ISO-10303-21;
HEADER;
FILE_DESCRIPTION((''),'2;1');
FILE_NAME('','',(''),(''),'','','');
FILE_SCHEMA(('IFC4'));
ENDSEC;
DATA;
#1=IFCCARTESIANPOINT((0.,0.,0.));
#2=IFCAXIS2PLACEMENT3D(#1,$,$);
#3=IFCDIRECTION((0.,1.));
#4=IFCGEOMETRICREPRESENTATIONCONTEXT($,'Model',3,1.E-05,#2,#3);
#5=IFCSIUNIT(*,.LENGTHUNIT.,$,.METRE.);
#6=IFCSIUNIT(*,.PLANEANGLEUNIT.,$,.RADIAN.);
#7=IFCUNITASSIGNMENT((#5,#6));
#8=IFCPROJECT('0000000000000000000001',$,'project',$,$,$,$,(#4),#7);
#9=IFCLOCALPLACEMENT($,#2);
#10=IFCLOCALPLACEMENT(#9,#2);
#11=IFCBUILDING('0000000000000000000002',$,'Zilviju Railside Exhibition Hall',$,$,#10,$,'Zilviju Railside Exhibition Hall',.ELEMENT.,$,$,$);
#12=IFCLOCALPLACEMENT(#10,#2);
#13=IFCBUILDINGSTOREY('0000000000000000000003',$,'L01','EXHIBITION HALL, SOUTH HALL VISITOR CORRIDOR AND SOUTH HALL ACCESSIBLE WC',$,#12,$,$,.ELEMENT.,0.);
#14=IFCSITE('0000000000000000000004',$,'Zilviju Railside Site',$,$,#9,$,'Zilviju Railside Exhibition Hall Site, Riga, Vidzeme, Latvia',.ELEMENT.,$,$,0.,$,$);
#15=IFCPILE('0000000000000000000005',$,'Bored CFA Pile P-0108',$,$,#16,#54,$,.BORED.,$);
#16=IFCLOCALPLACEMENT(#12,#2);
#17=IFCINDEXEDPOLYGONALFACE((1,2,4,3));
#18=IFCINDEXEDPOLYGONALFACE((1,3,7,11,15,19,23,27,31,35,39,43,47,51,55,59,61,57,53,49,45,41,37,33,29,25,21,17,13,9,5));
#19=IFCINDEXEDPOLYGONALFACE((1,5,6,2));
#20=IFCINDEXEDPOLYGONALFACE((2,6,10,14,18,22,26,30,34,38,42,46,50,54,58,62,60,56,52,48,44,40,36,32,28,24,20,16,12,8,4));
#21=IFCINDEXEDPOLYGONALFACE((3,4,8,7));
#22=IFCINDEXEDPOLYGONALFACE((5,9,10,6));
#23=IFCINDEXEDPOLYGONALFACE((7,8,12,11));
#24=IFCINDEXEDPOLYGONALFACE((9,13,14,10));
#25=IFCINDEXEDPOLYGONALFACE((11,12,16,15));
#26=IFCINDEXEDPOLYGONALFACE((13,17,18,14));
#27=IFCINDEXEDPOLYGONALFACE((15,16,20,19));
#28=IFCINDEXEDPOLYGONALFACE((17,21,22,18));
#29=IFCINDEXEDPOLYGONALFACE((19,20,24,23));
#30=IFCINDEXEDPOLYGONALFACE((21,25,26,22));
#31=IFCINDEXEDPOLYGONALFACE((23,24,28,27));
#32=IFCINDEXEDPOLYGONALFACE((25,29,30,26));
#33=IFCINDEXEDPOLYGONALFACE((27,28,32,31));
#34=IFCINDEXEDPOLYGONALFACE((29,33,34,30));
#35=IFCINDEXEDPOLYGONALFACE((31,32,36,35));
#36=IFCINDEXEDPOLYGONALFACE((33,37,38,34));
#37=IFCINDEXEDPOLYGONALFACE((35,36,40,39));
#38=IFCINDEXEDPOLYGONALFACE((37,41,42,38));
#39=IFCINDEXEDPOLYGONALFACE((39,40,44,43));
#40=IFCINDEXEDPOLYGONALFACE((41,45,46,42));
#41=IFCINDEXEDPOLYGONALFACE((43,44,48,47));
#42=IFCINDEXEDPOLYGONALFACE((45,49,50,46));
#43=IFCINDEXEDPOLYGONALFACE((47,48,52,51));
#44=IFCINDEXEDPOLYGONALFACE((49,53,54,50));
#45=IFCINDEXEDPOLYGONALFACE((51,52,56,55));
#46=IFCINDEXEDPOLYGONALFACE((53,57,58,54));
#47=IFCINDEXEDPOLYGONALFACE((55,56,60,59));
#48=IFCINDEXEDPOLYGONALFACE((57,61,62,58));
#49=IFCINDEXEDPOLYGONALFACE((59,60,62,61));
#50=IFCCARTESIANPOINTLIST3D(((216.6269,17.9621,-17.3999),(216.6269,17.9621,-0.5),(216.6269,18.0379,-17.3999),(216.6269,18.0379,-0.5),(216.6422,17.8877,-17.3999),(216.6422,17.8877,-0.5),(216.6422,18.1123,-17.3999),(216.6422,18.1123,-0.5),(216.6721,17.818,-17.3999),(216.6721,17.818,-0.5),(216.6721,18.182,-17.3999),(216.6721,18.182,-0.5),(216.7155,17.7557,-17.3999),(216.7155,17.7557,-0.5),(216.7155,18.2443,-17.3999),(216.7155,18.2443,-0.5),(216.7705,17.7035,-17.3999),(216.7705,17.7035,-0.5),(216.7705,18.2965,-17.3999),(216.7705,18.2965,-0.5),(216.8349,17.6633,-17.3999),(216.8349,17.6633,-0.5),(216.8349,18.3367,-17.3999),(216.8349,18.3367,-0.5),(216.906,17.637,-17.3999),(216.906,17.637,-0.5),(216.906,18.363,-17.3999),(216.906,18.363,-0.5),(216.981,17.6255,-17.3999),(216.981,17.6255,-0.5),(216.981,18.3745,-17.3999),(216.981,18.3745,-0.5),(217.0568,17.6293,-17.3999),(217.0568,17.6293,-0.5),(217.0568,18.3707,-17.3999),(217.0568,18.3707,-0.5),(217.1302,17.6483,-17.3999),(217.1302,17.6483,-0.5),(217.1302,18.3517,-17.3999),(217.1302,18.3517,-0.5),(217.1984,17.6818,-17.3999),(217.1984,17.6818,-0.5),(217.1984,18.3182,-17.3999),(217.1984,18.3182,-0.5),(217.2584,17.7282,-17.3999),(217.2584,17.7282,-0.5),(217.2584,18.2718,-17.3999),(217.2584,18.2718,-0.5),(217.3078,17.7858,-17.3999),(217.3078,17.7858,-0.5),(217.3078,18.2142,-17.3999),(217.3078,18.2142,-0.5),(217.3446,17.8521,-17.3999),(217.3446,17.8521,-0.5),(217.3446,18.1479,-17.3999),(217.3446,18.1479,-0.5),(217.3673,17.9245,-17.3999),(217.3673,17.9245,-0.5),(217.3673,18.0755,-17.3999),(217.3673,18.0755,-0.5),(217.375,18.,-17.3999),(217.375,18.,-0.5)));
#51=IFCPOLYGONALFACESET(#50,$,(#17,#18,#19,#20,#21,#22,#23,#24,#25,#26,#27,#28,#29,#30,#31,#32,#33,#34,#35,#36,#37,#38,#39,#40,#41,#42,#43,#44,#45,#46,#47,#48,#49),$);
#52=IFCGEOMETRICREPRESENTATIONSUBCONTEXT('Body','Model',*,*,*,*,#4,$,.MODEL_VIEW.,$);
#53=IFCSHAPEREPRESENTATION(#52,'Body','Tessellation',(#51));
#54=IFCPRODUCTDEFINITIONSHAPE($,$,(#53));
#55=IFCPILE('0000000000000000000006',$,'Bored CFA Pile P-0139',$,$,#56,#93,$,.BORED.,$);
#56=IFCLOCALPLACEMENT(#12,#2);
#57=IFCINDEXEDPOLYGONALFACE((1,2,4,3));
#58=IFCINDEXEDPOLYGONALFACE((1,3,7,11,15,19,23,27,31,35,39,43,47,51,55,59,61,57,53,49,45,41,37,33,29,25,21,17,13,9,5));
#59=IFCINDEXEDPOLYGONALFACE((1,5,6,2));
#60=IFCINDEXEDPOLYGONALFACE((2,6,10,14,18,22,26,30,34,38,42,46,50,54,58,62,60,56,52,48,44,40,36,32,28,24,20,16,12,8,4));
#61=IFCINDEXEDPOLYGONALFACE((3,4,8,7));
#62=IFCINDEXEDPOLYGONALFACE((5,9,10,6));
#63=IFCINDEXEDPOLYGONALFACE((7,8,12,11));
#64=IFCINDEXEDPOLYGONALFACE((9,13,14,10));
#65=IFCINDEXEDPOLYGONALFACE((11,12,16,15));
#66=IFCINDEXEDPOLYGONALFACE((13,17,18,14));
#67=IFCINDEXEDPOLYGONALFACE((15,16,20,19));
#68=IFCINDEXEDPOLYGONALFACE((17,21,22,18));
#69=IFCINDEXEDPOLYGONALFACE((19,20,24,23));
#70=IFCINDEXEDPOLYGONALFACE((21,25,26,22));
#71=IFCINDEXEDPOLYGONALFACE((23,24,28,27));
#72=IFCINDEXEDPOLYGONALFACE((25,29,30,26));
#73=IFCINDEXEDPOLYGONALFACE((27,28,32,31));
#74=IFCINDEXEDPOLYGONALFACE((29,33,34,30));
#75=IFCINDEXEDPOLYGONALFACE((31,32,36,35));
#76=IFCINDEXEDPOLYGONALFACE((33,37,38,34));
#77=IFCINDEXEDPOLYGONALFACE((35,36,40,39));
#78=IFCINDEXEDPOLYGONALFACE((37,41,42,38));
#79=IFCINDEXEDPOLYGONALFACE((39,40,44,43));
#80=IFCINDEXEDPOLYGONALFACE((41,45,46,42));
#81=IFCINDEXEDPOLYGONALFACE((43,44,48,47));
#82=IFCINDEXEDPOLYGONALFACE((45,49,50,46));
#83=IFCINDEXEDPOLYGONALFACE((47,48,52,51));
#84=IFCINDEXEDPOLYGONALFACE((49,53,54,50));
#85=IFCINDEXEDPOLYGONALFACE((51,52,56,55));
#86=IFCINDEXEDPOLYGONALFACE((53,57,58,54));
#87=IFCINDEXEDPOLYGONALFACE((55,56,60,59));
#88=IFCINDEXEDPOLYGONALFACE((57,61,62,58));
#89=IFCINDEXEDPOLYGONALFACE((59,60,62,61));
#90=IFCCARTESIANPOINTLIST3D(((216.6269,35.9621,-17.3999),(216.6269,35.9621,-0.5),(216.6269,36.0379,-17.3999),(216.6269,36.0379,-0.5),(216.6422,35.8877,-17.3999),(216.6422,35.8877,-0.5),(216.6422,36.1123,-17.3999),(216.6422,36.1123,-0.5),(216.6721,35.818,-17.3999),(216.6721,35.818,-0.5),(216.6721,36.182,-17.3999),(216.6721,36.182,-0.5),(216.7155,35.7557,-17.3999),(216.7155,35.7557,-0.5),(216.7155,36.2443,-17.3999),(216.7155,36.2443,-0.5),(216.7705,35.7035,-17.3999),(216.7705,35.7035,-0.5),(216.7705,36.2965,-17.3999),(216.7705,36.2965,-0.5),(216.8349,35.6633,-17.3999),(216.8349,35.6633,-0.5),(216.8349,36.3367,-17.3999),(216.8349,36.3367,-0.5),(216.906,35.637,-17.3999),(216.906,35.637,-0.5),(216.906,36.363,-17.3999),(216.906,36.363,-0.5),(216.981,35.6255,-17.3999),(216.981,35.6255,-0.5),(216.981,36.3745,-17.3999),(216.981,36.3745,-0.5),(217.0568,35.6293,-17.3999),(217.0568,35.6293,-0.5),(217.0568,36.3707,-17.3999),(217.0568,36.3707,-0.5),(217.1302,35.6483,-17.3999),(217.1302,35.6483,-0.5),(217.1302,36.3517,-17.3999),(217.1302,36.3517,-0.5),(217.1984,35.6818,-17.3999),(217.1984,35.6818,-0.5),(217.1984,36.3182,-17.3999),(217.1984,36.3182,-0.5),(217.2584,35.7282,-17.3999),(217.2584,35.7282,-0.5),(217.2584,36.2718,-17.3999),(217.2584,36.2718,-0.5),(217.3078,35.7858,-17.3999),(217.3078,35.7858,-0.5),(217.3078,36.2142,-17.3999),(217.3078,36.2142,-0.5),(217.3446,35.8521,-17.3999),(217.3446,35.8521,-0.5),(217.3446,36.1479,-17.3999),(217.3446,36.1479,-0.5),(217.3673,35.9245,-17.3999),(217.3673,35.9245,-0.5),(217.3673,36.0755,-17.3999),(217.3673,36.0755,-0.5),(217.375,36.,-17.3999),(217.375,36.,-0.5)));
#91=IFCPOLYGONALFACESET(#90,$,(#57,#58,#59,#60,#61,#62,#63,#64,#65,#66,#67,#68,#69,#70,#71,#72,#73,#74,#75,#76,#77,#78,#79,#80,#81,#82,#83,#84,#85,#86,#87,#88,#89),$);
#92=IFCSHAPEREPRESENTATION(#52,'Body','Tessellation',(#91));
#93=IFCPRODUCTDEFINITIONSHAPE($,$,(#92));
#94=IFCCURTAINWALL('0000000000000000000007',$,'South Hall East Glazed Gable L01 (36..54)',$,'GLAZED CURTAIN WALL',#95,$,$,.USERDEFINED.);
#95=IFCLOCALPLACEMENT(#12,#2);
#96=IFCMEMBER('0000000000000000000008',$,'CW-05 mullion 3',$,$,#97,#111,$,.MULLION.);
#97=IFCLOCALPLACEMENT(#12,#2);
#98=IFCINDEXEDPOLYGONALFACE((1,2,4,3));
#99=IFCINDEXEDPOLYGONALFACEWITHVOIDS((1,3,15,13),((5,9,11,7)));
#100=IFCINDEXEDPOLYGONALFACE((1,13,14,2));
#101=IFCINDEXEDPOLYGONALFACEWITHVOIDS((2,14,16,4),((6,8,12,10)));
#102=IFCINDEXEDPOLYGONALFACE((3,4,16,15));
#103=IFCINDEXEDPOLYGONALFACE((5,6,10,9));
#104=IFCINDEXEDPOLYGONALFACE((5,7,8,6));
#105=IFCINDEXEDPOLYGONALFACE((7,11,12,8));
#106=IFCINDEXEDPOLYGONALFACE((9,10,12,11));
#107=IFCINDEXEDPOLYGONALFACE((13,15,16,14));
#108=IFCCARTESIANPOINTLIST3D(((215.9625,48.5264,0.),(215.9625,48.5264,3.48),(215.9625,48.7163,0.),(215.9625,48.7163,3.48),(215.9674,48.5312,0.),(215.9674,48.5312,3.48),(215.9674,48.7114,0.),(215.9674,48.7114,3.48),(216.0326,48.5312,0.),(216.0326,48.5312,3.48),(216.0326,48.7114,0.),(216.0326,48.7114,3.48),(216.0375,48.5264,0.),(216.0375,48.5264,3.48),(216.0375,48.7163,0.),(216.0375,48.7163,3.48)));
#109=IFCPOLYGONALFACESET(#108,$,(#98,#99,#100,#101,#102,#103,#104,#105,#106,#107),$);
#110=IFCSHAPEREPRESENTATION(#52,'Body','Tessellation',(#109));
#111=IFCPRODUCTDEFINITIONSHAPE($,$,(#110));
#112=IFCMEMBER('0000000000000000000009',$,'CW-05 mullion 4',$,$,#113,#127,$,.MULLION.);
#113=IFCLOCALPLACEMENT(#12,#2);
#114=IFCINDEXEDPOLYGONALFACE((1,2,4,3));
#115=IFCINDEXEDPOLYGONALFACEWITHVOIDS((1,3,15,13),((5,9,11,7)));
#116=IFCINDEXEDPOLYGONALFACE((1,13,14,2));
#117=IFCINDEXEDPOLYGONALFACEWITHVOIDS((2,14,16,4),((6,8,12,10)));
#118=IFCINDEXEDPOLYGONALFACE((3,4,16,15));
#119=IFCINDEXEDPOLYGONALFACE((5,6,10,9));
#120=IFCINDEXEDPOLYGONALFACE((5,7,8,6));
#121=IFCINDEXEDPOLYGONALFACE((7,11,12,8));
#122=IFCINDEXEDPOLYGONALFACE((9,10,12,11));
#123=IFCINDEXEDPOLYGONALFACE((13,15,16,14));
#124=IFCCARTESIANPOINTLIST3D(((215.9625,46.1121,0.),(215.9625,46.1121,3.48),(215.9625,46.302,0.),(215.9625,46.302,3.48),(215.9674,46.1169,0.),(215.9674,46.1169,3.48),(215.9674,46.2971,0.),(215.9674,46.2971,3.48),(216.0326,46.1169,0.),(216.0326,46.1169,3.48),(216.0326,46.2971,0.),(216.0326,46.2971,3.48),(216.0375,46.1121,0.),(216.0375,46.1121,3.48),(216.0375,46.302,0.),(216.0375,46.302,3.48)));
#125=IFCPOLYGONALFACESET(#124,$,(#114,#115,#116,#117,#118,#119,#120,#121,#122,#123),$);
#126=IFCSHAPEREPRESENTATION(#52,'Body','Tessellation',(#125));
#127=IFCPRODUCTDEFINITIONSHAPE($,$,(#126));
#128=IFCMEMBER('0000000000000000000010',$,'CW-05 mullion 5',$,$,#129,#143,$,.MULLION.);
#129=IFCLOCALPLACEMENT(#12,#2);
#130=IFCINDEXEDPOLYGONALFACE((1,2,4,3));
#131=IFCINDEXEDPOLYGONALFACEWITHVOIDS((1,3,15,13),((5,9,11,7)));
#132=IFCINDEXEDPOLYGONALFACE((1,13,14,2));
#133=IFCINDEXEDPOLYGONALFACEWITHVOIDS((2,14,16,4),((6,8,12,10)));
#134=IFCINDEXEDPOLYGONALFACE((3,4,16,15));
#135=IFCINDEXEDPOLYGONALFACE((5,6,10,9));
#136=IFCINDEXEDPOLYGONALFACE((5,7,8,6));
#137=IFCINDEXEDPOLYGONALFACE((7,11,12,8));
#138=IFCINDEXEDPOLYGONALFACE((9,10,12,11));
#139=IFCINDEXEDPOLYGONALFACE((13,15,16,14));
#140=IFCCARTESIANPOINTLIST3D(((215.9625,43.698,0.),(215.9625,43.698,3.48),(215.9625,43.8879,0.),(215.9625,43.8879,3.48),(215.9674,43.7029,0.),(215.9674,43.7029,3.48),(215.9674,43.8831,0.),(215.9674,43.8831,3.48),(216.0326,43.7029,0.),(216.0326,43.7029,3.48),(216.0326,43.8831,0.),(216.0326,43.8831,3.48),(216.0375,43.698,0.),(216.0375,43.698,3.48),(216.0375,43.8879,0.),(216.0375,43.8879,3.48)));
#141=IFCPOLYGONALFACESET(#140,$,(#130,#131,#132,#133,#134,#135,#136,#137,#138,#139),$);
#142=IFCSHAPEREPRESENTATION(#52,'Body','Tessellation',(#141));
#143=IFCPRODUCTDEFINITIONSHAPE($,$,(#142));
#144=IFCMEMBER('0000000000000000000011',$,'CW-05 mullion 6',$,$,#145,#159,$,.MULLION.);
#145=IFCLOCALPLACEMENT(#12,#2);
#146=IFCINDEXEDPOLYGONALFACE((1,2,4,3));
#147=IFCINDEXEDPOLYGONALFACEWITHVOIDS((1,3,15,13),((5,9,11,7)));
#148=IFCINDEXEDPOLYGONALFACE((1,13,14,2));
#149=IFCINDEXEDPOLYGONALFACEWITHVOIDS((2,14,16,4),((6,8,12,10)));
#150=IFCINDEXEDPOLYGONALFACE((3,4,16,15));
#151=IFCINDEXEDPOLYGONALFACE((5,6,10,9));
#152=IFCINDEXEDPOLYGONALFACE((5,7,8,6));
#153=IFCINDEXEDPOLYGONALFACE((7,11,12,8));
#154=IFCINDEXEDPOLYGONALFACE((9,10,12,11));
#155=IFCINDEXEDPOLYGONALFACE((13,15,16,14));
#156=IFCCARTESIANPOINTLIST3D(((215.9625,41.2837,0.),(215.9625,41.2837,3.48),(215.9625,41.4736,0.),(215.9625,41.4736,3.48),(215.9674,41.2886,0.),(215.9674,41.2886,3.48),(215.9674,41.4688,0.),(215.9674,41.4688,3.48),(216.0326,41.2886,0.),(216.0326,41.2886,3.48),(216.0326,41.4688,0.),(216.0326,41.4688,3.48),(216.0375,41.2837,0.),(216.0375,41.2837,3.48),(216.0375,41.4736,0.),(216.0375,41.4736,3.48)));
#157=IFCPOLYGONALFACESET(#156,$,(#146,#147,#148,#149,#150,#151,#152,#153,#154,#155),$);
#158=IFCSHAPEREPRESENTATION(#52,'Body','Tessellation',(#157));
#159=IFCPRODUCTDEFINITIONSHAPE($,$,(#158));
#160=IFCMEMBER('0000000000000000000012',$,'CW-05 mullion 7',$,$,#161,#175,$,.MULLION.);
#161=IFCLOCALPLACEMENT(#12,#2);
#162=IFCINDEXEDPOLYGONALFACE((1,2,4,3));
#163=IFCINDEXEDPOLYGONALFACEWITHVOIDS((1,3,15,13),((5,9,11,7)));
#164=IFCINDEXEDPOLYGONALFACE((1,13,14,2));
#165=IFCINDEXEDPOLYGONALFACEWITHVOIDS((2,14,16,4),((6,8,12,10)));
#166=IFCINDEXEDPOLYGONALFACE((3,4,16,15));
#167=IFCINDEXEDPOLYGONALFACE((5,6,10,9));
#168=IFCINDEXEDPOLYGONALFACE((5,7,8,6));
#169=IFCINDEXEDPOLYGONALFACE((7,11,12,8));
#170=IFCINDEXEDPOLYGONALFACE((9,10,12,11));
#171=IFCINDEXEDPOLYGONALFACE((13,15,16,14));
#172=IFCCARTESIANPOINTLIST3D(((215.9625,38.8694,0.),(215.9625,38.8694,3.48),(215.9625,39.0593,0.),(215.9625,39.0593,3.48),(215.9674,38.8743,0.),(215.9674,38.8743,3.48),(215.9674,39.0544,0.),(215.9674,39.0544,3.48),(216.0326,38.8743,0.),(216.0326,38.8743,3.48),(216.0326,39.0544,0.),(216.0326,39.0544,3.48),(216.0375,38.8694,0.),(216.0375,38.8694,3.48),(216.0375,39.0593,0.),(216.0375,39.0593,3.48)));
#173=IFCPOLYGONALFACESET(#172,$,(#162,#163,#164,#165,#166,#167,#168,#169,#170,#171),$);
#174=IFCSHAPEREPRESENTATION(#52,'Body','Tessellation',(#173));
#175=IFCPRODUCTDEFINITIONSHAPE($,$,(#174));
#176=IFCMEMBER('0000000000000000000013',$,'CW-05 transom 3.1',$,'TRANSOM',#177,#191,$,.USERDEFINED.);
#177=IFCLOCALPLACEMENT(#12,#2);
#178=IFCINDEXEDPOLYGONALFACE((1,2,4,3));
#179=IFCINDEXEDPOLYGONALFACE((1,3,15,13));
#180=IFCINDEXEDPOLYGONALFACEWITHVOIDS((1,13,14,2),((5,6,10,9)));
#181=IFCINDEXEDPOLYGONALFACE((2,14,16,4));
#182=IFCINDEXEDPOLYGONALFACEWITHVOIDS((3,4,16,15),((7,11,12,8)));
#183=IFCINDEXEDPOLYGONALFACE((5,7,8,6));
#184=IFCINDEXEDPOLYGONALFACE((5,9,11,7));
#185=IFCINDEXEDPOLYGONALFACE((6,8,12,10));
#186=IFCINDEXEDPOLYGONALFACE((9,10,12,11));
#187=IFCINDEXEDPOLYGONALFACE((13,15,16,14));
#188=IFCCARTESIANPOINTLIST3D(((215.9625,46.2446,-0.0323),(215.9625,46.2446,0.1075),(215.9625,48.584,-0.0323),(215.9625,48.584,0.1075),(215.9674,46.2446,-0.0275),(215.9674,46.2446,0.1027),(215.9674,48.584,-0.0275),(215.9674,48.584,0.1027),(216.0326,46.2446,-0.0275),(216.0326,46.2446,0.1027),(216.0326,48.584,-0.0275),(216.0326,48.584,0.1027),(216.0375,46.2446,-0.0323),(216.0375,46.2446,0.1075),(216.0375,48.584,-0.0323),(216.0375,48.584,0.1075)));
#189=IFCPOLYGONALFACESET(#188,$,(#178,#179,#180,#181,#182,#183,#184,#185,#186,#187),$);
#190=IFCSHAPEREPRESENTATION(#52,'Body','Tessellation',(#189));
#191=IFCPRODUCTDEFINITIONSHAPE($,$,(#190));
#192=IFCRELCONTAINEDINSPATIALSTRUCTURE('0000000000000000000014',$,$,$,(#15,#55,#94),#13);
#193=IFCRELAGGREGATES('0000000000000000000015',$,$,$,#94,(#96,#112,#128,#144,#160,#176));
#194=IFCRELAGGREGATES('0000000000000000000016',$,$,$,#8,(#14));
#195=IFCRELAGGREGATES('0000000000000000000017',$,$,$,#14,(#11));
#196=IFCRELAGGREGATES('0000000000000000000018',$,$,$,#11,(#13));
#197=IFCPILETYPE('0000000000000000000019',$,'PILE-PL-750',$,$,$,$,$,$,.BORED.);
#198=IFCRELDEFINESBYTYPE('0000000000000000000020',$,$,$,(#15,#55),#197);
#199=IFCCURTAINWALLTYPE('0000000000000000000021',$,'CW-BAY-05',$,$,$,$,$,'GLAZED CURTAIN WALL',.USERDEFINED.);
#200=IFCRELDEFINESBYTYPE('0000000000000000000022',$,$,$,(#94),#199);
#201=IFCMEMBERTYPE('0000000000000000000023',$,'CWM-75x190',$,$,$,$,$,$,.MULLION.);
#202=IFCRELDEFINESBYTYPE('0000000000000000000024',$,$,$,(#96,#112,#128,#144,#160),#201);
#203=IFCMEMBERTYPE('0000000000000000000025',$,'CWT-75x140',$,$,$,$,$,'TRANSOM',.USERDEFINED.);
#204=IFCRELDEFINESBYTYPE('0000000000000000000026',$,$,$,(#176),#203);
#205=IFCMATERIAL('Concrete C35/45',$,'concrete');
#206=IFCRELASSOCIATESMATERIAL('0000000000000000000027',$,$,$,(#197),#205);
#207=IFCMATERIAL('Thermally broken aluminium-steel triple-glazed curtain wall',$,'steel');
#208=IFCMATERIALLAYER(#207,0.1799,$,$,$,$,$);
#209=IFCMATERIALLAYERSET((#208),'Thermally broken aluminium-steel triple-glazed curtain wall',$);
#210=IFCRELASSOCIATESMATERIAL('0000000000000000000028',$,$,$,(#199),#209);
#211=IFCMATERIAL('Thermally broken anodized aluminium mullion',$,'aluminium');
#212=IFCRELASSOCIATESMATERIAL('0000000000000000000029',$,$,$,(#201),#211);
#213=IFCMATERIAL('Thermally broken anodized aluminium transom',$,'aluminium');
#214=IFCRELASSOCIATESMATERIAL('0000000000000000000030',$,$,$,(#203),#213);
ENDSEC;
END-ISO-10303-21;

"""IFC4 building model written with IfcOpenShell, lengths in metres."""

from ifc_helpers import new_model, si_unit, direction, frame, origin, origin_2d, place, context, subcontext, project, spatial, hollow_rectangle, circle, extrude, material, layer, layer_set, material_profile, profile_set, type_object, element, aggregate, save


model = new_model("IFC4")

# Units and contexts
model_context = context("Model", 3, precision=1e-05, world=origin(), true_north=direction((0.0, 1.0)))
body_context = subcontext(model_context, "Body", "Model", "MODEL_VIEW")
ifc_project = project(units=[si_unit("LENGTHUNIT", "METRE"), si_unit("PLANEANGLEUNIT", "RADIAN")], contexts=[model_context])

# Site, building, storey
site_placement = place(None, origin())
site = spatial("IfcSite", under=ifc_project, at=site_placement, Name="Zilviju Railside Site", LongName="Zilviju Railside Exhibition Hall Site, Riga, Vidzeme, Latvia", CompositionType="ELEMENT", RefElevation=0.0)
building_placement = place(site_placement, origin())
building = spatial("IfcBuilding", under=site, at=building_placement, Name="Zilviju Railside Exhibition Hall", LongName="Zilviju Railside Exhibition Hall", CompositionType="ELEMENT")
storey_placement = place(building_placement, origin())
storey = spatial("IfcBuildingStorey", under=building, at=storey_placement, Name="L01", Description="EXHIBITION HALL, SOUTH HALL VISITOR CORRIDOR AND SOUTH HALL ACCESSIBLE WC", CompositionType="ELEMENT", Elevation=0.0)

# Piles
ifc_material_1 = material(Name="Concrete C35/45", Category="concrete")
ifc_material_profile_1 = material_profile(ifc_material_1, circle(Radius=0.375, at=origin_2d()), Name="CFA PILE D750")
ifc_profile_set_1 = profile_set([ifc_material_profile_1], Name="Concrete C35/45")
pile_type = type_object("IfcPileType", Name="PILE-PL-750", PredefinedType="BORED", material=ifc_profile_set_1)
for number, where, z_axis, x_axis, name in (
    (1, (217.0, 18.0, -0.5), (0.0, 0.0, -1.0), (1.0, 0.0, 0.0), "Bored CFA Pile P-0108"),
    (2, (217.0, 36.0, -0.5), (0.0, 0.0, -1.0), (1.0, 0.0, 0.0), "Bored CFA Pile P-0139"),
):
    element("IfcPile", number, at=place(storey_placement, frame(where, z_axis=z_axis, x_axis=x_axis)), inside=storey, type_object=pile_type, Name=name, PredefinedType="BORED", context=body_context, shape_type="SweptSolid", body=[
        extrude(circle(Radius=0.375, at=origin_2d()), origin(), (0.0, 0.0, 1.0), 16.8999),
    ])

# Curtain wall, members
ifc_material_2 = material(Name="Thermally broken aluminium-steel triple-glazed curtain wall", Category="steel")
ifc_layer_1 = layer(ifc_material_2, 0.1799)
ifc_layer_set_1 = layer_set([ifc_layer_1], Name="Thermally broken aluminium-steel triple-glazed curtain wall")
curtain_wall_type = type_object("IfcCurtainWallType", Name="CW-BAY-05", ElementType="GLAZED CURTAIN WALL", PredefinedType="USERDEFINED", material=ifc_layer_set_1)
curtain_wall_placement = place(storey_placement, origin())
curtain_wall = element("IfcCurtainWall", 3, at=curtain_wall_placement, inside=storey, type_object=curtain_wall_type, Name="South Hall East Glazed Gable L01 (36..54)", ObjectType="GLAZED CURTAIN WALL", PredefinedType="USERDEFINED")
ifc_material_3 = material(Name="Thermally broken anodized aluminium mullion", Category="aluminium")
ifc_material_profile_2 = material_profile(ifc_material_3, hollow_rectangle(XDim=0.075, YDim=0.1899, WallThickness=0.0049, at=origin_2d()), Name="MULLION 190x75x5")
ifc_profile_set_2 = profile_set([ifc_material_profile_2], Name="Thermally broken anodized aluminium mullion")
member_type_1 = type_object("IfcMemberType", Name="CWM-75x190", PredefinedType="MULLION", material=ifc_profile_set_2)
member_1_placement = place(storey_placement, frame((216.0, 48.6213, 0.0), z_axis=(0.0, 0.0, 1.0), x_axis=(1.0, 0.0, 0.0)))
member_1 = element("IfcMember", 4, at=member_1_placement, type_object=member_type_1, Name="CW-05 mullion 3", PredefinedType="MULLION", context=body_context, shape_type="SweptSolid", body=[
    extrude(hollow_rectangle(XDim=0.075, YDim=0.1899, WallThickness=0.0049, at=origin_2d()), origin(), (0.0, 0.0, 1.0), 3.48),
])
member_2_placement = place(storey_placement, frame((216.0, 46.207, 0.0), z_axis=(0.0, 0.0, 1.0), x_axis=(1.0, 0.0, 0.0)))
member_2 = element("IfcMember", 5, at=member_2_placement, type_object=member_type_1, Name="CW-05 mullion 4", PredefinedType="MULLION", context=body_context, shape_type="SweptSolid", body=[
    extrude(hollow_rectangle(XDim=0.075, YDim=0.1899, WallThickness=0.0049, at=origin_2d()), origin(), (0.0, 0.0, 1.0), 3.48),
])
member_3_placement = place(storey_placement, frame((216.0, 43.793, 0.0), z_axis=(0.0, 0.0, 1.0), x_axis=(1.0, 0.0, 0.0)))
member_3 = element("IfcMember", 6, at=member_3_placement, type_object=member_type_1, Name="CW-05 mullion 5", PredefinedType="MULLION", context=body_context, shape_type="SweptSolid", body=[
    extrude(hollow_rectangle(XDim=0.075, YDim=0.1899, WallThickness=0.0049, at=origin_2d()), origin(), (0.0, 0.0, 1.0), 3.48),
])
member_4_placement = place(storey_placement, frame((216.0, 41.3787, 0.0), z_axis=(0.0, 0.0, 1.0), x_axis=(1.0, 0.0, 0.0)))
member_4 = element("IfcMember", 7, at=member_4_placement, type_object=member_type_1, Name="CW-05 mullion 6", PredefinedType="MULLION", context=body_context, shape_type="SweptSolid", body=[
    extrude(hollow_rectangle(XDim=0.075, YDim=0.1899, WallThickness=0.0049, at=origin_2d()), origin(), (0.0, 0.0, 1.0), 3.48),
])
member_5_placement = place(storey_placement, frame((216.0, 38.9644, 0.0), z_axis=(0.0, 0.0, 1.0), x_axis=(1.0, 0.0, 0.0)))
member_5 = element("IfcMember", 8, at=member_5_placement, type_object=member_type_1, Name="CW-05 mullion 7", PredefinedType="MULLION", context=body_context, shape_type="SweptSolid", body=[
    extrude(hollow_rectangle(XDim=0.075, YDim=0.1899, WallThickness=0.0049, at=origin_2d()), origin(), (0.0, 0.0, 1.0), 3.48),
])
ifc_material_4 = material(Name="Thermally broken anodized aluminium transom", Category="aluminium")
ifc_material_profile_3 = material_profile(ifc_material_4, hollow_rectangle(XDim=0.075, YDim=0.1399, WallThickness=0.0049, at=origin_2d()), Name="TRANSOM 140x75x5")
ifc_profile_set_3 = profile_set([ifc_material_profile_3], Name="Thermally broken anodized aluminium transom")
member_type_2 = type_object("IfcMemberType", Name="CWT-75x140", ElementType="TRANSOM", PredefinedType="USERDEFINED", material=ifc_profile_set_3)
member_6_placement = place(storey_placement, frame((216.0, 48.584, 0.0376), z_axis=(0.0, -1.0, 0.0), x_axis=(1.0, 0.0, 0.0)))
member_6 = element("IfcMember", 9, at=member_6_placement, type_object=member_type_2, Name="CW-05 transom 3.1", ObjectType="TRANSOM", PredefinedType="USERDEFINED", context=body_context, shape_type="SweptSolid", body=[
    extrude(hollow_rectangle(XDim=0.075, YDim=0.1399, WallThickness=0.0049, at=origin_2d()), origin(), (0.0, 0.0, 1.0), 2.3394),
])
aggregate(curtain_wall, [member_1, member_2, member_3, member_4, member_5, member_6])

save(model, "model.ifc")
